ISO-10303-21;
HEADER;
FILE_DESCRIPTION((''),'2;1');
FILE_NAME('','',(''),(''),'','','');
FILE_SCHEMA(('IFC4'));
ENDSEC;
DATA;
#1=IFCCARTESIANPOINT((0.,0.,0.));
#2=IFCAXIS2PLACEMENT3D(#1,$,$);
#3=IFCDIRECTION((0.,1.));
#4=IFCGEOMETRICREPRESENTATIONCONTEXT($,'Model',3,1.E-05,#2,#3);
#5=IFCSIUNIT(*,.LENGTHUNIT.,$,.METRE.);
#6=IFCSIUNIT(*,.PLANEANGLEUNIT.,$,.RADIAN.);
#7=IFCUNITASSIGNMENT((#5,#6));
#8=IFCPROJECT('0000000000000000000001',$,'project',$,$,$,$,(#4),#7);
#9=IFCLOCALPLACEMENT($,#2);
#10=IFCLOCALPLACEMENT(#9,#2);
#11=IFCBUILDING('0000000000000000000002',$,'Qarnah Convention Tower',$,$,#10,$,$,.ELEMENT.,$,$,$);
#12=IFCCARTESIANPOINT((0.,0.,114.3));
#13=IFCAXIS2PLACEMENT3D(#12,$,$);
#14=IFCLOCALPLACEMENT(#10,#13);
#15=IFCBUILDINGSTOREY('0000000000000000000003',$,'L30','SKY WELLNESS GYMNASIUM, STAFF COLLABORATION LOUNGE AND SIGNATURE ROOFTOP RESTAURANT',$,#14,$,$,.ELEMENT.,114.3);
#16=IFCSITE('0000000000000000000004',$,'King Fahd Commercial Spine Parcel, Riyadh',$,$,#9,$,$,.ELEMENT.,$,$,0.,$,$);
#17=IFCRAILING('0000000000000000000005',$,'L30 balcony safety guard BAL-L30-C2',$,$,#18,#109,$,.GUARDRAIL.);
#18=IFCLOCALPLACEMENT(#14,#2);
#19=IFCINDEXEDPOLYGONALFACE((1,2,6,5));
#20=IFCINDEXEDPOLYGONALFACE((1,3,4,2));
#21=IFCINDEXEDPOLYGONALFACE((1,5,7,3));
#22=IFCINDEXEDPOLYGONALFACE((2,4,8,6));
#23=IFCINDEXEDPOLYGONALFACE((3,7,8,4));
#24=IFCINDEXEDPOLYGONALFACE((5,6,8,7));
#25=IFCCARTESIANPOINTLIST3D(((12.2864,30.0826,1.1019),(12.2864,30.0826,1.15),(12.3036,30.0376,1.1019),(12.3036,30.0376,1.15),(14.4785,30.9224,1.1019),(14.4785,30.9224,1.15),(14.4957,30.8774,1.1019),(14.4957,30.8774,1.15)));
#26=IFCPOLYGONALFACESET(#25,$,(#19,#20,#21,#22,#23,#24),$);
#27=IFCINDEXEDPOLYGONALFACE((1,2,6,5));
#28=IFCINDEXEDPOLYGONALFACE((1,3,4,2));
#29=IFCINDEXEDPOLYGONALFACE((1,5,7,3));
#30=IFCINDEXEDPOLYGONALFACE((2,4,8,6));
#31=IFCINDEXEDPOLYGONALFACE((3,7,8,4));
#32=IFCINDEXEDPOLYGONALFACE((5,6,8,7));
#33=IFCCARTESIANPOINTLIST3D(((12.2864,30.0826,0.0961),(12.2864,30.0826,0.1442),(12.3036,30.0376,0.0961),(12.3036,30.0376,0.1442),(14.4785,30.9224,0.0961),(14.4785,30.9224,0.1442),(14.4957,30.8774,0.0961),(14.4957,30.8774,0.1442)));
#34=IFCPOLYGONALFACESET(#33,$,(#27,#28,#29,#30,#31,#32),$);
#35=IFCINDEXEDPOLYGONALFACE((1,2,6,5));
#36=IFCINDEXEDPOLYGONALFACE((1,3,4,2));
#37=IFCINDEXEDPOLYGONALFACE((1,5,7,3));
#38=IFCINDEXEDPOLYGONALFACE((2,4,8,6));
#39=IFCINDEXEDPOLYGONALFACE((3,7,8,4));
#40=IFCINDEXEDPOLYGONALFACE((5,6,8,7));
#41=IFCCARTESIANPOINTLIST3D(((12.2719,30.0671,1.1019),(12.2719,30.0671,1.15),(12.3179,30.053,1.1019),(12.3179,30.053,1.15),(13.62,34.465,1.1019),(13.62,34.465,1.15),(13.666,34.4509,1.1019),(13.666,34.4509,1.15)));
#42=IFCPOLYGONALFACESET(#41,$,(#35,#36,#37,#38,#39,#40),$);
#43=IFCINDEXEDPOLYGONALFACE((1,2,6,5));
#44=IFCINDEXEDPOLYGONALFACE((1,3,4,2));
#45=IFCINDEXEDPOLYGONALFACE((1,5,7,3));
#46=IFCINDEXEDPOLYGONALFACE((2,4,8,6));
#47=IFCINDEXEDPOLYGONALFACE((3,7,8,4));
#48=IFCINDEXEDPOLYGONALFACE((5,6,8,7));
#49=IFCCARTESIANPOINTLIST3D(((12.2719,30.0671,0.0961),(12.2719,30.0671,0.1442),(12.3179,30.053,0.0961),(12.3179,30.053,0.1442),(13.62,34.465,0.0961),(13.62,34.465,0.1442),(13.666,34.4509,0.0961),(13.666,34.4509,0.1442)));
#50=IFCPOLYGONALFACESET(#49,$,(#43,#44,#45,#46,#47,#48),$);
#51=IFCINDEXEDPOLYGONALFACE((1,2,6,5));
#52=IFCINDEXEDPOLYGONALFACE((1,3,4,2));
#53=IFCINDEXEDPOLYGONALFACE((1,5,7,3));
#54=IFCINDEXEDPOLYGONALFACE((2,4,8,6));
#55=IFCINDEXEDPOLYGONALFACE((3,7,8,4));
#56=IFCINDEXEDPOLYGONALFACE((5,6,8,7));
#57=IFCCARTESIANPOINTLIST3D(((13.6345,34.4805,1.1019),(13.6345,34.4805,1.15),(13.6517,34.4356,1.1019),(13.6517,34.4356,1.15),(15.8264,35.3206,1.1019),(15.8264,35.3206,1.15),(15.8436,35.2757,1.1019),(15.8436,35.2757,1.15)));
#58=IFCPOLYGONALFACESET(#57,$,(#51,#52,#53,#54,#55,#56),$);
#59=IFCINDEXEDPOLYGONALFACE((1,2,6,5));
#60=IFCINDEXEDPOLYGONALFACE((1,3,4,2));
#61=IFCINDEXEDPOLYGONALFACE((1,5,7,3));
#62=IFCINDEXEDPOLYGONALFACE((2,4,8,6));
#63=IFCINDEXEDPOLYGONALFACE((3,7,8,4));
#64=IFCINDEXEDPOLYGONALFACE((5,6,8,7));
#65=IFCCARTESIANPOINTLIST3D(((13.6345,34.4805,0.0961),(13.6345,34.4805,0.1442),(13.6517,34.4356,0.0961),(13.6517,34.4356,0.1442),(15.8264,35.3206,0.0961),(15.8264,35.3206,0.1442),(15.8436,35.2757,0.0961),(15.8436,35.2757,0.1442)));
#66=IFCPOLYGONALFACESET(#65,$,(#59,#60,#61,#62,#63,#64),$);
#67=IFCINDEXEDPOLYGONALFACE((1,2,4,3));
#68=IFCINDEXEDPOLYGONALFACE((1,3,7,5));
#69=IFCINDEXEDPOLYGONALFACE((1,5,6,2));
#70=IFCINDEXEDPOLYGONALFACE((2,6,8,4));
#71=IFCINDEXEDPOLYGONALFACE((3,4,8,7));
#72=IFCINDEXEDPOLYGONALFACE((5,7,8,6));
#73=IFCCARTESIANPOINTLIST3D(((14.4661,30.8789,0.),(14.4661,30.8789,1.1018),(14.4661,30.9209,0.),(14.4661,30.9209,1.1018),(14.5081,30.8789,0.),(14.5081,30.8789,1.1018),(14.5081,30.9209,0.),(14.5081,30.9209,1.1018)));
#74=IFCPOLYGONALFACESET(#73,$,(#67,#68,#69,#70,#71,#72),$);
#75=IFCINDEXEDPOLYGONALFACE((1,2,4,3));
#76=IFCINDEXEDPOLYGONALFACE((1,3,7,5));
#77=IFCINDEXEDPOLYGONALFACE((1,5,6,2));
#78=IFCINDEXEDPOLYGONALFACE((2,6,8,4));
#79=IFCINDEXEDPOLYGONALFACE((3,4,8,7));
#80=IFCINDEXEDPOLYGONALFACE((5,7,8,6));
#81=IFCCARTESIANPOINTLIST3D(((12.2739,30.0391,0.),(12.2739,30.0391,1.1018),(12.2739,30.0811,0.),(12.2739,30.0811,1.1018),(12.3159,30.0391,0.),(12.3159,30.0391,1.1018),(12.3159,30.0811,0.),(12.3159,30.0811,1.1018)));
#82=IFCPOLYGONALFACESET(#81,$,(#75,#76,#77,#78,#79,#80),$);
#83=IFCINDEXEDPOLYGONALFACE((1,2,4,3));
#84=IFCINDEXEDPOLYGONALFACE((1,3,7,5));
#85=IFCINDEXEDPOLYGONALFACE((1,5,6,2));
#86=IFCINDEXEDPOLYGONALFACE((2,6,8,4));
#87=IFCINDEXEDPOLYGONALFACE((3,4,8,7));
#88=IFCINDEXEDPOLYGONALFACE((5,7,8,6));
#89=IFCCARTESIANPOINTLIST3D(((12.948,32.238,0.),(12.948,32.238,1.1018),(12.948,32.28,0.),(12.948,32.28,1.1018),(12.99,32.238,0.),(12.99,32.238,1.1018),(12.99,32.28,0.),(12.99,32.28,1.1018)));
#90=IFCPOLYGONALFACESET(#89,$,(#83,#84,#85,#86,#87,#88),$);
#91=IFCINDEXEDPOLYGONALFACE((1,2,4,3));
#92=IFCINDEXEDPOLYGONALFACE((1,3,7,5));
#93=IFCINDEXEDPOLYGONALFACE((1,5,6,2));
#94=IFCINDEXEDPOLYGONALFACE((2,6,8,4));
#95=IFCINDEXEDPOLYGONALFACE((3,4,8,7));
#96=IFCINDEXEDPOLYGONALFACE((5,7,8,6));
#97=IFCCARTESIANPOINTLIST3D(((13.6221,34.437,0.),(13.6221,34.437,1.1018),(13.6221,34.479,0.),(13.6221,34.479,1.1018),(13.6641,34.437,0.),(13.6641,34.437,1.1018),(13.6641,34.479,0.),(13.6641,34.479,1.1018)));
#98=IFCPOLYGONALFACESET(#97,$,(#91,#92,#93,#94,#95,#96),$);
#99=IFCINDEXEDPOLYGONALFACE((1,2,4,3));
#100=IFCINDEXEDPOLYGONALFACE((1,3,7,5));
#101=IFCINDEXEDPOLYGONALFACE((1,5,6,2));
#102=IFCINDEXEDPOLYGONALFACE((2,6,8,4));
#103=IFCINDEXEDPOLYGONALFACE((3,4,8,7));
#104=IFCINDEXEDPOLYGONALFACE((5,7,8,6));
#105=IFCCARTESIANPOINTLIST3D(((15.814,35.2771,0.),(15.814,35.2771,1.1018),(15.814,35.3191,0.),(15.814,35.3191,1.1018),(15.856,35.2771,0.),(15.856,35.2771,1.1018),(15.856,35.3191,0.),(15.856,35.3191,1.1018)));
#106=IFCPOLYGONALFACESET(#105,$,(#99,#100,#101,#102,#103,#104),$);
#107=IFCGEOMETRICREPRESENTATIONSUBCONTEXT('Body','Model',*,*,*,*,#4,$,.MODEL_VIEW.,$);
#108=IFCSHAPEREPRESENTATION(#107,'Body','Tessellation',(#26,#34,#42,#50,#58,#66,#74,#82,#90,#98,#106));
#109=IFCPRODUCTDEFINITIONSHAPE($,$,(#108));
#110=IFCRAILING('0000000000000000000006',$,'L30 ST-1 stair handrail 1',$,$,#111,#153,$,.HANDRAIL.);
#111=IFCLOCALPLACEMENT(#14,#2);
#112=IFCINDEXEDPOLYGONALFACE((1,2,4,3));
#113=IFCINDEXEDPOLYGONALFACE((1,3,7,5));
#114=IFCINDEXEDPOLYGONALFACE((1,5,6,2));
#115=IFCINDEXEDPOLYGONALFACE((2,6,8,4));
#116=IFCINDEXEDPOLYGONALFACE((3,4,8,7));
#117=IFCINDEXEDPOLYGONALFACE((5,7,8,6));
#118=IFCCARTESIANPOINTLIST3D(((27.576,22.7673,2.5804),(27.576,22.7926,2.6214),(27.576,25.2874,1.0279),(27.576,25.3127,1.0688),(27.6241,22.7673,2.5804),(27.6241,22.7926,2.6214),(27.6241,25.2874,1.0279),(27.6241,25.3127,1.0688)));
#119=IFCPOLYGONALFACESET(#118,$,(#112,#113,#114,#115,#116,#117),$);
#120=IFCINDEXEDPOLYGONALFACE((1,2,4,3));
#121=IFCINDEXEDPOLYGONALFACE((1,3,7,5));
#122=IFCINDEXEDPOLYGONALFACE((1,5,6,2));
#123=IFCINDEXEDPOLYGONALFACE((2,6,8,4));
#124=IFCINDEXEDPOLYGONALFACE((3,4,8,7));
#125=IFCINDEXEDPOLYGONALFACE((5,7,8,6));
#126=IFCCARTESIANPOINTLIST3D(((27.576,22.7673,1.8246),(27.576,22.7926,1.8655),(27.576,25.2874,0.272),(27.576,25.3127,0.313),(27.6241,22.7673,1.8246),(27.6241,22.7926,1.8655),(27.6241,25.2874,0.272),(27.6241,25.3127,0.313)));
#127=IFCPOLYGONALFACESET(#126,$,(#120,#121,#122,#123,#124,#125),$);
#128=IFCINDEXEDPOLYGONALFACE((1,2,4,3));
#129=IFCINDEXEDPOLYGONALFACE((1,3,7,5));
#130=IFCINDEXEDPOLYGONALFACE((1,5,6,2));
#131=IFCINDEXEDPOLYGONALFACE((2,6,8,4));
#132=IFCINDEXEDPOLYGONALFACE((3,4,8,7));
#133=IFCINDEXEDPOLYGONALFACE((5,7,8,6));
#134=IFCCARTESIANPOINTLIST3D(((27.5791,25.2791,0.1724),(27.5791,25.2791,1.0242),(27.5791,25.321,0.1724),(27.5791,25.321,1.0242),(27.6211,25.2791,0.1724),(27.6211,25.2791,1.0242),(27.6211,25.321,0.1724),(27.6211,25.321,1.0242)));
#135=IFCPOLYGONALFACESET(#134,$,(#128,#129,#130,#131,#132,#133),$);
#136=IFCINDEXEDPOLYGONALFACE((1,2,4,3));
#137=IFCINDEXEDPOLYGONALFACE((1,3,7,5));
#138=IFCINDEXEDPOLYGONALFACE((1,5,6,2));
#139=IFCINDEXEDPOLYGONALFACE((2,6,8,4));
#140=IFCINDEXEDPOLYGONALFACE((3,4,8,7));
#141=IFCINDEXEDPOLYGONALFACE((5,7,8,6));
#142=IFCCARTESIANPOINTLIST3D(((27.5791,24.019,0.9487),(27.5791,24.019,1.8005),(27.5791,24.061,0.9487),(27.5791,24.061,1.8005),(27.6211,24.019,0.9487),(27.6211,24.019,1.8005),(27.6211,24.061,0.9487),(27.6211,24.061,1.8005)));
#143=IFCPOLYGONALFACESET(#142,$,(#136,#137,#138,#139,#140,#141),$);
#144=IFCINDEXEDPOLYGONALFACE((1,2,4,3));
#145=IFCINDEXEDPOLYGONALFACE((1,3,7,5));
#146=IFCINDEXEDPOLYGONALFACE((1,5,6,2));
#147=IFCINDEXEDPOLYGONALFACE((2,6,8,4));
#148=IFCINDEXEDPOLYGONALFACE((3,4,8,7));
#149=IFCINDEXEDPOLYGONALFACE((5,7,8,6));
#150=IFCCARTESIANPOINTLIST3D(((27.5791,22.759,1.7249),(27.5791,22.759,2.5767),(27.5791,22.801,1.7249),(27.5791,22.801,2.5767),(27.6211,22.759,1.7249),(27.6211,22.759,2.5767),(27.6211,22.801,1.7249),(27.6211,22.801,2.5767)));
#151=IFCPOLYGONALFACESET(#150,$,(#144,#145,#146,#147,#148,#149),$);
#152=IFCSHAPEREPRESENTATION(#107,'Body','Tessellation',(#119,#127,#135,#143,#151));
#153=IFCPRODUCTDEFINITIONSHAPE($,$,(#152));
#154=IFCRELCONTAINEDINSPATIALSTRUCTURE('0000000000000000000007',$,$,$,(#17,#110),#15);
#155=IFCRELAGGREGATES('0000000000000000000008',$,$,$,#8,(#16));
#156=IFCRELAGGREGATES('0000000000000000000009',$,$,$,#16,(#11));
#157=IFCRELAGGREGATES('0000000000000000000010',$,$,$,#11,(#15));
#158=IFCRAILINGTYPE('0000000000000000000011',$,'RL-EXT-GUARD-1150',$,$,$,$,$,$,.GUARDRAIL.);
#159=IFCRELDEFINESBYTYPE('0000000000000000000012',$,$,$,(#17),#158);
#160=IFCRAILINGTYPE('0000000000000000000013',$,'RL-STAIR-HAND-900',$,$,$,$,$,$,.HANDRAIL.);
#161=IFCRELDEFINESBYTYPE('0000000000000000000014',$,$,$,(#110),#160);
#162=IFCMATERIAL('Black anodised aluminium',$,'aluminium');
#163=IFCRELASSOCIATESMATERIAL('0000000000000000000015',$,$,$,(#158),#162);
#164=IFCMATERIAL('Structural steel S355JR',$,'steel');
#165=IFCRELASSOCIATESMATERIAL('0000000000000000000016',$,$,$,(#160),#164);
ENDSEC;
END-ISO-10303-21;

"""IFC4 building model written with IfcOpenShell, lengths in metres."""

from ifc_helpers import new_model, si_unit, direction, frame, origin, origin_2d, place, context, subcontext, project, spatial, rectangle, extrude, material, type_object, element, save


model = new_model("IFC4")

# Units and contexts
model_context = context("Model", 3, precision=1e-05, world=origin(), true_north=direction((0.0, 1.0)))
body_context = subcontext(model_context, "Body", "Model", "MODEL_VIEW")
ifc_project = project(units=[si_unit("LENGTHUNIT", "METRE"), si_unit("PLANEANGLEUNIT", "RADIAN")], contexts=[model_context])

# Site, building, storey
site_placement = place(None, origin())
site = spatial("IfcSite", under=ifc_project, at=site_placement, Name="King Fahd Commercial Spine Parcel, Riyadh", CompositionType="ELEMENT", RefElevation=0.0)
building_placement = place(site_placement, origin())
building = spatial("IfcBuilding", under=site, at=building_placement, Name="Qarnah Convention Tower", CompositionType="ELEMENT")
storey_placement = place(building_placement, frame((0.0, 0.0, 114.3)))
storey = spatial("IfcBuildingStorey", under=building, at=storey_placement, Name="L30", Description="SKY WELLNESS GYMNASIUM, STAFF COLLABORATION LOUNGE AND SIGNATURE ROOFTOP RESTAURANT", CompositionType="ELEMENT", Elevation=114.3)

# Shared definitions
ifc_material_1 = material(Name="Structural steel S355JR", Category="steel")

# Shared definitions
ifc_material_2 = material(Name="Black anodised aluminium", Category="aluminium")

# Railings
railing_type_1 = type_object("IfcRailingType", Name="RL-EXT-GUARD-1150", PredefinedType="GUARDRAIL", material=ifc_material_2)
railing_1_placement = place(storey_placement, frame((14.4871, 30.8999, 0.0)))
element("IfcRailing", 1, at=railing_1_placement, inside=storey, type_object=railing_type_1, Name="L30 balcony safety guard BAL-L30-C2", PredefinedType="GUARDRAIL", context=body_context, shape_type="SweptSolid", body=[
    extrude(rectangle(XDim=0.0481, YDim=0.0481, at=origin_2d()), frame((0.0, 0.0, 1.126), z_axis=(-0.933814, -0.357759, 0.0), x_axis=(0.357759, -0.933814, 0.0)), (0.0, 0.0, 1.0), 2.3474),
    extrude(rectangle(XDim=0.0481, YDim=0.0481, at=origin_2d()), frame((0.0, 0.0, 0.1201), z_axis=(-0.933814, -0.357759, 0.0), x_axis=(0.357759, -0.933814, 0.0)), (0.0, 0.0, 1.0), 2.3474),
    extrude(rectangle(XDim=0.0481, YDim=0.0481, at=origin_2d()), frame((-2.1921, -0.8398, 1.126), z_axis=(0.293079, 0.956088, 0.0), x_axis=(-0.956088, 0.293079, 0.0)), (0.0, 0.0, 1.0), 4.5999),
    extrude(rectangle(XDim=0.0481, YDim=0.0481, at=origin_2d()), frame((-2.1921, -0.8398, 0.1201), z_axis=(0.293079, 0.956088, 0.0), x_axis=(-0.956088, 0.293079, 0.0)), (0.0, 0.0, 1.0), 4.5999),
    extrude(rectangle(XDim=0.0481, YDim=0.0481, at=origin_2d()), frame((-0.844, 3.5581, 1.126), z_axis=(0.933766, 0.357885, 0.0), x_axis=(-0.357885, 0.933766, 0.0)), (0.0, 0.0, 1.0), 2.3474),
    extrude(rectangle(XDim=0.0481, YDim=0.0481, at=origin_2d()), frame((-0.844, 3.5581, 0.1201), z_axis=(0.933766, 0.357885, 0.0), x_axis=(-0.357885, 0.933766, 0.0)), (0.0, 0.0, 1.0), 2.3474),
    extrude(rectangle(XDim=0.042, YDim=0.042, at=origin_2d()), origin(), (0.0, 0.0, 1.0), 1.1018),
    extrude(rectangle(XDim=0.042, YDim=0.042, at=origin_2d()), frame((-2.1921, -0.8398, 0.0)), (0.0, 0.0, 1.0), 1.1018),
    extrude(rectangle(XDim=0.042, YDim=0.042, at=origin_2d()), frame((-1.5181, 1.3591, 0.0)), (0.0, 0.0, 1.0), 1.1018),
    extrude(rectangle(XDim=0.042, YDim=0.042, at=origin_2d()), frame((-0.844, 3.5581, 0.0)), (0.0, 0.0, 1.0), 1.1018),
    extrude(rectangle(XDim=0.042, YDim=0.042, at=origin_2d()), frame((1.3479, 4.3982, 0.0)), (0.0, 0.0, 1.0), 1.1018),
])
railing_type_2 = type_object("IfcRailingType", Name="RL-STAIR-HAND-900", PredefinedType="HANDRAIL", material=ifc_material_1)
railing_2_placement = place(storey_placement, frame((27.6001, 25.3, 0.1724)))
element("IfcRailing", 2, at=railing_2_placement, inside=storey, type_object=railing_type_2, Name="L30 ST-1 stair handrail 1", PredefinedType="HANDRAIL", context=body_context, shape_type="SweptSolid", body=[
    extrude(rectangle(XDim=0.0481, YDim=0.0481, at=origin_2d()), frame((0.0, 0.0, 0.876), z_axis=(0.0, -0.8514, 0.524516), x_axis=(1.0, 0.0, 0.0)), (0.0, 0.0, 1.0), 2.96),
    extrude(rectangle(XDim=0.0481, YDim=0.0481, at=origin_2d()), frame((0.0, 0.0, 0.1201), z_axis=(0.0, -0.8514, 0.524516), x_axis=(1.0, 0.0, 0.0)), (0.0, 0.0, 1.0), 2.96),
    extrude(rectangle(XDim=0.042, YDim=0.042, at=origin_2d()), origin(), (0.0, 0.0, 1.0), 0.8518),
    extrude(rectangle(XDim=0.042, YDim=0.042, at=origin_2d()), frame((0.0, -1.26, 0.7764)), (0.0, 0.0, 1.0), 0.8518),
    extrude(rectangle(XDim=0.042, YDim=0.042, at=origin_2d()), frame((0.0, -2.52, 1.5525)), (0.0, 0.0, 1.0), 0.8518),
])

save(model, "model.ifc")
